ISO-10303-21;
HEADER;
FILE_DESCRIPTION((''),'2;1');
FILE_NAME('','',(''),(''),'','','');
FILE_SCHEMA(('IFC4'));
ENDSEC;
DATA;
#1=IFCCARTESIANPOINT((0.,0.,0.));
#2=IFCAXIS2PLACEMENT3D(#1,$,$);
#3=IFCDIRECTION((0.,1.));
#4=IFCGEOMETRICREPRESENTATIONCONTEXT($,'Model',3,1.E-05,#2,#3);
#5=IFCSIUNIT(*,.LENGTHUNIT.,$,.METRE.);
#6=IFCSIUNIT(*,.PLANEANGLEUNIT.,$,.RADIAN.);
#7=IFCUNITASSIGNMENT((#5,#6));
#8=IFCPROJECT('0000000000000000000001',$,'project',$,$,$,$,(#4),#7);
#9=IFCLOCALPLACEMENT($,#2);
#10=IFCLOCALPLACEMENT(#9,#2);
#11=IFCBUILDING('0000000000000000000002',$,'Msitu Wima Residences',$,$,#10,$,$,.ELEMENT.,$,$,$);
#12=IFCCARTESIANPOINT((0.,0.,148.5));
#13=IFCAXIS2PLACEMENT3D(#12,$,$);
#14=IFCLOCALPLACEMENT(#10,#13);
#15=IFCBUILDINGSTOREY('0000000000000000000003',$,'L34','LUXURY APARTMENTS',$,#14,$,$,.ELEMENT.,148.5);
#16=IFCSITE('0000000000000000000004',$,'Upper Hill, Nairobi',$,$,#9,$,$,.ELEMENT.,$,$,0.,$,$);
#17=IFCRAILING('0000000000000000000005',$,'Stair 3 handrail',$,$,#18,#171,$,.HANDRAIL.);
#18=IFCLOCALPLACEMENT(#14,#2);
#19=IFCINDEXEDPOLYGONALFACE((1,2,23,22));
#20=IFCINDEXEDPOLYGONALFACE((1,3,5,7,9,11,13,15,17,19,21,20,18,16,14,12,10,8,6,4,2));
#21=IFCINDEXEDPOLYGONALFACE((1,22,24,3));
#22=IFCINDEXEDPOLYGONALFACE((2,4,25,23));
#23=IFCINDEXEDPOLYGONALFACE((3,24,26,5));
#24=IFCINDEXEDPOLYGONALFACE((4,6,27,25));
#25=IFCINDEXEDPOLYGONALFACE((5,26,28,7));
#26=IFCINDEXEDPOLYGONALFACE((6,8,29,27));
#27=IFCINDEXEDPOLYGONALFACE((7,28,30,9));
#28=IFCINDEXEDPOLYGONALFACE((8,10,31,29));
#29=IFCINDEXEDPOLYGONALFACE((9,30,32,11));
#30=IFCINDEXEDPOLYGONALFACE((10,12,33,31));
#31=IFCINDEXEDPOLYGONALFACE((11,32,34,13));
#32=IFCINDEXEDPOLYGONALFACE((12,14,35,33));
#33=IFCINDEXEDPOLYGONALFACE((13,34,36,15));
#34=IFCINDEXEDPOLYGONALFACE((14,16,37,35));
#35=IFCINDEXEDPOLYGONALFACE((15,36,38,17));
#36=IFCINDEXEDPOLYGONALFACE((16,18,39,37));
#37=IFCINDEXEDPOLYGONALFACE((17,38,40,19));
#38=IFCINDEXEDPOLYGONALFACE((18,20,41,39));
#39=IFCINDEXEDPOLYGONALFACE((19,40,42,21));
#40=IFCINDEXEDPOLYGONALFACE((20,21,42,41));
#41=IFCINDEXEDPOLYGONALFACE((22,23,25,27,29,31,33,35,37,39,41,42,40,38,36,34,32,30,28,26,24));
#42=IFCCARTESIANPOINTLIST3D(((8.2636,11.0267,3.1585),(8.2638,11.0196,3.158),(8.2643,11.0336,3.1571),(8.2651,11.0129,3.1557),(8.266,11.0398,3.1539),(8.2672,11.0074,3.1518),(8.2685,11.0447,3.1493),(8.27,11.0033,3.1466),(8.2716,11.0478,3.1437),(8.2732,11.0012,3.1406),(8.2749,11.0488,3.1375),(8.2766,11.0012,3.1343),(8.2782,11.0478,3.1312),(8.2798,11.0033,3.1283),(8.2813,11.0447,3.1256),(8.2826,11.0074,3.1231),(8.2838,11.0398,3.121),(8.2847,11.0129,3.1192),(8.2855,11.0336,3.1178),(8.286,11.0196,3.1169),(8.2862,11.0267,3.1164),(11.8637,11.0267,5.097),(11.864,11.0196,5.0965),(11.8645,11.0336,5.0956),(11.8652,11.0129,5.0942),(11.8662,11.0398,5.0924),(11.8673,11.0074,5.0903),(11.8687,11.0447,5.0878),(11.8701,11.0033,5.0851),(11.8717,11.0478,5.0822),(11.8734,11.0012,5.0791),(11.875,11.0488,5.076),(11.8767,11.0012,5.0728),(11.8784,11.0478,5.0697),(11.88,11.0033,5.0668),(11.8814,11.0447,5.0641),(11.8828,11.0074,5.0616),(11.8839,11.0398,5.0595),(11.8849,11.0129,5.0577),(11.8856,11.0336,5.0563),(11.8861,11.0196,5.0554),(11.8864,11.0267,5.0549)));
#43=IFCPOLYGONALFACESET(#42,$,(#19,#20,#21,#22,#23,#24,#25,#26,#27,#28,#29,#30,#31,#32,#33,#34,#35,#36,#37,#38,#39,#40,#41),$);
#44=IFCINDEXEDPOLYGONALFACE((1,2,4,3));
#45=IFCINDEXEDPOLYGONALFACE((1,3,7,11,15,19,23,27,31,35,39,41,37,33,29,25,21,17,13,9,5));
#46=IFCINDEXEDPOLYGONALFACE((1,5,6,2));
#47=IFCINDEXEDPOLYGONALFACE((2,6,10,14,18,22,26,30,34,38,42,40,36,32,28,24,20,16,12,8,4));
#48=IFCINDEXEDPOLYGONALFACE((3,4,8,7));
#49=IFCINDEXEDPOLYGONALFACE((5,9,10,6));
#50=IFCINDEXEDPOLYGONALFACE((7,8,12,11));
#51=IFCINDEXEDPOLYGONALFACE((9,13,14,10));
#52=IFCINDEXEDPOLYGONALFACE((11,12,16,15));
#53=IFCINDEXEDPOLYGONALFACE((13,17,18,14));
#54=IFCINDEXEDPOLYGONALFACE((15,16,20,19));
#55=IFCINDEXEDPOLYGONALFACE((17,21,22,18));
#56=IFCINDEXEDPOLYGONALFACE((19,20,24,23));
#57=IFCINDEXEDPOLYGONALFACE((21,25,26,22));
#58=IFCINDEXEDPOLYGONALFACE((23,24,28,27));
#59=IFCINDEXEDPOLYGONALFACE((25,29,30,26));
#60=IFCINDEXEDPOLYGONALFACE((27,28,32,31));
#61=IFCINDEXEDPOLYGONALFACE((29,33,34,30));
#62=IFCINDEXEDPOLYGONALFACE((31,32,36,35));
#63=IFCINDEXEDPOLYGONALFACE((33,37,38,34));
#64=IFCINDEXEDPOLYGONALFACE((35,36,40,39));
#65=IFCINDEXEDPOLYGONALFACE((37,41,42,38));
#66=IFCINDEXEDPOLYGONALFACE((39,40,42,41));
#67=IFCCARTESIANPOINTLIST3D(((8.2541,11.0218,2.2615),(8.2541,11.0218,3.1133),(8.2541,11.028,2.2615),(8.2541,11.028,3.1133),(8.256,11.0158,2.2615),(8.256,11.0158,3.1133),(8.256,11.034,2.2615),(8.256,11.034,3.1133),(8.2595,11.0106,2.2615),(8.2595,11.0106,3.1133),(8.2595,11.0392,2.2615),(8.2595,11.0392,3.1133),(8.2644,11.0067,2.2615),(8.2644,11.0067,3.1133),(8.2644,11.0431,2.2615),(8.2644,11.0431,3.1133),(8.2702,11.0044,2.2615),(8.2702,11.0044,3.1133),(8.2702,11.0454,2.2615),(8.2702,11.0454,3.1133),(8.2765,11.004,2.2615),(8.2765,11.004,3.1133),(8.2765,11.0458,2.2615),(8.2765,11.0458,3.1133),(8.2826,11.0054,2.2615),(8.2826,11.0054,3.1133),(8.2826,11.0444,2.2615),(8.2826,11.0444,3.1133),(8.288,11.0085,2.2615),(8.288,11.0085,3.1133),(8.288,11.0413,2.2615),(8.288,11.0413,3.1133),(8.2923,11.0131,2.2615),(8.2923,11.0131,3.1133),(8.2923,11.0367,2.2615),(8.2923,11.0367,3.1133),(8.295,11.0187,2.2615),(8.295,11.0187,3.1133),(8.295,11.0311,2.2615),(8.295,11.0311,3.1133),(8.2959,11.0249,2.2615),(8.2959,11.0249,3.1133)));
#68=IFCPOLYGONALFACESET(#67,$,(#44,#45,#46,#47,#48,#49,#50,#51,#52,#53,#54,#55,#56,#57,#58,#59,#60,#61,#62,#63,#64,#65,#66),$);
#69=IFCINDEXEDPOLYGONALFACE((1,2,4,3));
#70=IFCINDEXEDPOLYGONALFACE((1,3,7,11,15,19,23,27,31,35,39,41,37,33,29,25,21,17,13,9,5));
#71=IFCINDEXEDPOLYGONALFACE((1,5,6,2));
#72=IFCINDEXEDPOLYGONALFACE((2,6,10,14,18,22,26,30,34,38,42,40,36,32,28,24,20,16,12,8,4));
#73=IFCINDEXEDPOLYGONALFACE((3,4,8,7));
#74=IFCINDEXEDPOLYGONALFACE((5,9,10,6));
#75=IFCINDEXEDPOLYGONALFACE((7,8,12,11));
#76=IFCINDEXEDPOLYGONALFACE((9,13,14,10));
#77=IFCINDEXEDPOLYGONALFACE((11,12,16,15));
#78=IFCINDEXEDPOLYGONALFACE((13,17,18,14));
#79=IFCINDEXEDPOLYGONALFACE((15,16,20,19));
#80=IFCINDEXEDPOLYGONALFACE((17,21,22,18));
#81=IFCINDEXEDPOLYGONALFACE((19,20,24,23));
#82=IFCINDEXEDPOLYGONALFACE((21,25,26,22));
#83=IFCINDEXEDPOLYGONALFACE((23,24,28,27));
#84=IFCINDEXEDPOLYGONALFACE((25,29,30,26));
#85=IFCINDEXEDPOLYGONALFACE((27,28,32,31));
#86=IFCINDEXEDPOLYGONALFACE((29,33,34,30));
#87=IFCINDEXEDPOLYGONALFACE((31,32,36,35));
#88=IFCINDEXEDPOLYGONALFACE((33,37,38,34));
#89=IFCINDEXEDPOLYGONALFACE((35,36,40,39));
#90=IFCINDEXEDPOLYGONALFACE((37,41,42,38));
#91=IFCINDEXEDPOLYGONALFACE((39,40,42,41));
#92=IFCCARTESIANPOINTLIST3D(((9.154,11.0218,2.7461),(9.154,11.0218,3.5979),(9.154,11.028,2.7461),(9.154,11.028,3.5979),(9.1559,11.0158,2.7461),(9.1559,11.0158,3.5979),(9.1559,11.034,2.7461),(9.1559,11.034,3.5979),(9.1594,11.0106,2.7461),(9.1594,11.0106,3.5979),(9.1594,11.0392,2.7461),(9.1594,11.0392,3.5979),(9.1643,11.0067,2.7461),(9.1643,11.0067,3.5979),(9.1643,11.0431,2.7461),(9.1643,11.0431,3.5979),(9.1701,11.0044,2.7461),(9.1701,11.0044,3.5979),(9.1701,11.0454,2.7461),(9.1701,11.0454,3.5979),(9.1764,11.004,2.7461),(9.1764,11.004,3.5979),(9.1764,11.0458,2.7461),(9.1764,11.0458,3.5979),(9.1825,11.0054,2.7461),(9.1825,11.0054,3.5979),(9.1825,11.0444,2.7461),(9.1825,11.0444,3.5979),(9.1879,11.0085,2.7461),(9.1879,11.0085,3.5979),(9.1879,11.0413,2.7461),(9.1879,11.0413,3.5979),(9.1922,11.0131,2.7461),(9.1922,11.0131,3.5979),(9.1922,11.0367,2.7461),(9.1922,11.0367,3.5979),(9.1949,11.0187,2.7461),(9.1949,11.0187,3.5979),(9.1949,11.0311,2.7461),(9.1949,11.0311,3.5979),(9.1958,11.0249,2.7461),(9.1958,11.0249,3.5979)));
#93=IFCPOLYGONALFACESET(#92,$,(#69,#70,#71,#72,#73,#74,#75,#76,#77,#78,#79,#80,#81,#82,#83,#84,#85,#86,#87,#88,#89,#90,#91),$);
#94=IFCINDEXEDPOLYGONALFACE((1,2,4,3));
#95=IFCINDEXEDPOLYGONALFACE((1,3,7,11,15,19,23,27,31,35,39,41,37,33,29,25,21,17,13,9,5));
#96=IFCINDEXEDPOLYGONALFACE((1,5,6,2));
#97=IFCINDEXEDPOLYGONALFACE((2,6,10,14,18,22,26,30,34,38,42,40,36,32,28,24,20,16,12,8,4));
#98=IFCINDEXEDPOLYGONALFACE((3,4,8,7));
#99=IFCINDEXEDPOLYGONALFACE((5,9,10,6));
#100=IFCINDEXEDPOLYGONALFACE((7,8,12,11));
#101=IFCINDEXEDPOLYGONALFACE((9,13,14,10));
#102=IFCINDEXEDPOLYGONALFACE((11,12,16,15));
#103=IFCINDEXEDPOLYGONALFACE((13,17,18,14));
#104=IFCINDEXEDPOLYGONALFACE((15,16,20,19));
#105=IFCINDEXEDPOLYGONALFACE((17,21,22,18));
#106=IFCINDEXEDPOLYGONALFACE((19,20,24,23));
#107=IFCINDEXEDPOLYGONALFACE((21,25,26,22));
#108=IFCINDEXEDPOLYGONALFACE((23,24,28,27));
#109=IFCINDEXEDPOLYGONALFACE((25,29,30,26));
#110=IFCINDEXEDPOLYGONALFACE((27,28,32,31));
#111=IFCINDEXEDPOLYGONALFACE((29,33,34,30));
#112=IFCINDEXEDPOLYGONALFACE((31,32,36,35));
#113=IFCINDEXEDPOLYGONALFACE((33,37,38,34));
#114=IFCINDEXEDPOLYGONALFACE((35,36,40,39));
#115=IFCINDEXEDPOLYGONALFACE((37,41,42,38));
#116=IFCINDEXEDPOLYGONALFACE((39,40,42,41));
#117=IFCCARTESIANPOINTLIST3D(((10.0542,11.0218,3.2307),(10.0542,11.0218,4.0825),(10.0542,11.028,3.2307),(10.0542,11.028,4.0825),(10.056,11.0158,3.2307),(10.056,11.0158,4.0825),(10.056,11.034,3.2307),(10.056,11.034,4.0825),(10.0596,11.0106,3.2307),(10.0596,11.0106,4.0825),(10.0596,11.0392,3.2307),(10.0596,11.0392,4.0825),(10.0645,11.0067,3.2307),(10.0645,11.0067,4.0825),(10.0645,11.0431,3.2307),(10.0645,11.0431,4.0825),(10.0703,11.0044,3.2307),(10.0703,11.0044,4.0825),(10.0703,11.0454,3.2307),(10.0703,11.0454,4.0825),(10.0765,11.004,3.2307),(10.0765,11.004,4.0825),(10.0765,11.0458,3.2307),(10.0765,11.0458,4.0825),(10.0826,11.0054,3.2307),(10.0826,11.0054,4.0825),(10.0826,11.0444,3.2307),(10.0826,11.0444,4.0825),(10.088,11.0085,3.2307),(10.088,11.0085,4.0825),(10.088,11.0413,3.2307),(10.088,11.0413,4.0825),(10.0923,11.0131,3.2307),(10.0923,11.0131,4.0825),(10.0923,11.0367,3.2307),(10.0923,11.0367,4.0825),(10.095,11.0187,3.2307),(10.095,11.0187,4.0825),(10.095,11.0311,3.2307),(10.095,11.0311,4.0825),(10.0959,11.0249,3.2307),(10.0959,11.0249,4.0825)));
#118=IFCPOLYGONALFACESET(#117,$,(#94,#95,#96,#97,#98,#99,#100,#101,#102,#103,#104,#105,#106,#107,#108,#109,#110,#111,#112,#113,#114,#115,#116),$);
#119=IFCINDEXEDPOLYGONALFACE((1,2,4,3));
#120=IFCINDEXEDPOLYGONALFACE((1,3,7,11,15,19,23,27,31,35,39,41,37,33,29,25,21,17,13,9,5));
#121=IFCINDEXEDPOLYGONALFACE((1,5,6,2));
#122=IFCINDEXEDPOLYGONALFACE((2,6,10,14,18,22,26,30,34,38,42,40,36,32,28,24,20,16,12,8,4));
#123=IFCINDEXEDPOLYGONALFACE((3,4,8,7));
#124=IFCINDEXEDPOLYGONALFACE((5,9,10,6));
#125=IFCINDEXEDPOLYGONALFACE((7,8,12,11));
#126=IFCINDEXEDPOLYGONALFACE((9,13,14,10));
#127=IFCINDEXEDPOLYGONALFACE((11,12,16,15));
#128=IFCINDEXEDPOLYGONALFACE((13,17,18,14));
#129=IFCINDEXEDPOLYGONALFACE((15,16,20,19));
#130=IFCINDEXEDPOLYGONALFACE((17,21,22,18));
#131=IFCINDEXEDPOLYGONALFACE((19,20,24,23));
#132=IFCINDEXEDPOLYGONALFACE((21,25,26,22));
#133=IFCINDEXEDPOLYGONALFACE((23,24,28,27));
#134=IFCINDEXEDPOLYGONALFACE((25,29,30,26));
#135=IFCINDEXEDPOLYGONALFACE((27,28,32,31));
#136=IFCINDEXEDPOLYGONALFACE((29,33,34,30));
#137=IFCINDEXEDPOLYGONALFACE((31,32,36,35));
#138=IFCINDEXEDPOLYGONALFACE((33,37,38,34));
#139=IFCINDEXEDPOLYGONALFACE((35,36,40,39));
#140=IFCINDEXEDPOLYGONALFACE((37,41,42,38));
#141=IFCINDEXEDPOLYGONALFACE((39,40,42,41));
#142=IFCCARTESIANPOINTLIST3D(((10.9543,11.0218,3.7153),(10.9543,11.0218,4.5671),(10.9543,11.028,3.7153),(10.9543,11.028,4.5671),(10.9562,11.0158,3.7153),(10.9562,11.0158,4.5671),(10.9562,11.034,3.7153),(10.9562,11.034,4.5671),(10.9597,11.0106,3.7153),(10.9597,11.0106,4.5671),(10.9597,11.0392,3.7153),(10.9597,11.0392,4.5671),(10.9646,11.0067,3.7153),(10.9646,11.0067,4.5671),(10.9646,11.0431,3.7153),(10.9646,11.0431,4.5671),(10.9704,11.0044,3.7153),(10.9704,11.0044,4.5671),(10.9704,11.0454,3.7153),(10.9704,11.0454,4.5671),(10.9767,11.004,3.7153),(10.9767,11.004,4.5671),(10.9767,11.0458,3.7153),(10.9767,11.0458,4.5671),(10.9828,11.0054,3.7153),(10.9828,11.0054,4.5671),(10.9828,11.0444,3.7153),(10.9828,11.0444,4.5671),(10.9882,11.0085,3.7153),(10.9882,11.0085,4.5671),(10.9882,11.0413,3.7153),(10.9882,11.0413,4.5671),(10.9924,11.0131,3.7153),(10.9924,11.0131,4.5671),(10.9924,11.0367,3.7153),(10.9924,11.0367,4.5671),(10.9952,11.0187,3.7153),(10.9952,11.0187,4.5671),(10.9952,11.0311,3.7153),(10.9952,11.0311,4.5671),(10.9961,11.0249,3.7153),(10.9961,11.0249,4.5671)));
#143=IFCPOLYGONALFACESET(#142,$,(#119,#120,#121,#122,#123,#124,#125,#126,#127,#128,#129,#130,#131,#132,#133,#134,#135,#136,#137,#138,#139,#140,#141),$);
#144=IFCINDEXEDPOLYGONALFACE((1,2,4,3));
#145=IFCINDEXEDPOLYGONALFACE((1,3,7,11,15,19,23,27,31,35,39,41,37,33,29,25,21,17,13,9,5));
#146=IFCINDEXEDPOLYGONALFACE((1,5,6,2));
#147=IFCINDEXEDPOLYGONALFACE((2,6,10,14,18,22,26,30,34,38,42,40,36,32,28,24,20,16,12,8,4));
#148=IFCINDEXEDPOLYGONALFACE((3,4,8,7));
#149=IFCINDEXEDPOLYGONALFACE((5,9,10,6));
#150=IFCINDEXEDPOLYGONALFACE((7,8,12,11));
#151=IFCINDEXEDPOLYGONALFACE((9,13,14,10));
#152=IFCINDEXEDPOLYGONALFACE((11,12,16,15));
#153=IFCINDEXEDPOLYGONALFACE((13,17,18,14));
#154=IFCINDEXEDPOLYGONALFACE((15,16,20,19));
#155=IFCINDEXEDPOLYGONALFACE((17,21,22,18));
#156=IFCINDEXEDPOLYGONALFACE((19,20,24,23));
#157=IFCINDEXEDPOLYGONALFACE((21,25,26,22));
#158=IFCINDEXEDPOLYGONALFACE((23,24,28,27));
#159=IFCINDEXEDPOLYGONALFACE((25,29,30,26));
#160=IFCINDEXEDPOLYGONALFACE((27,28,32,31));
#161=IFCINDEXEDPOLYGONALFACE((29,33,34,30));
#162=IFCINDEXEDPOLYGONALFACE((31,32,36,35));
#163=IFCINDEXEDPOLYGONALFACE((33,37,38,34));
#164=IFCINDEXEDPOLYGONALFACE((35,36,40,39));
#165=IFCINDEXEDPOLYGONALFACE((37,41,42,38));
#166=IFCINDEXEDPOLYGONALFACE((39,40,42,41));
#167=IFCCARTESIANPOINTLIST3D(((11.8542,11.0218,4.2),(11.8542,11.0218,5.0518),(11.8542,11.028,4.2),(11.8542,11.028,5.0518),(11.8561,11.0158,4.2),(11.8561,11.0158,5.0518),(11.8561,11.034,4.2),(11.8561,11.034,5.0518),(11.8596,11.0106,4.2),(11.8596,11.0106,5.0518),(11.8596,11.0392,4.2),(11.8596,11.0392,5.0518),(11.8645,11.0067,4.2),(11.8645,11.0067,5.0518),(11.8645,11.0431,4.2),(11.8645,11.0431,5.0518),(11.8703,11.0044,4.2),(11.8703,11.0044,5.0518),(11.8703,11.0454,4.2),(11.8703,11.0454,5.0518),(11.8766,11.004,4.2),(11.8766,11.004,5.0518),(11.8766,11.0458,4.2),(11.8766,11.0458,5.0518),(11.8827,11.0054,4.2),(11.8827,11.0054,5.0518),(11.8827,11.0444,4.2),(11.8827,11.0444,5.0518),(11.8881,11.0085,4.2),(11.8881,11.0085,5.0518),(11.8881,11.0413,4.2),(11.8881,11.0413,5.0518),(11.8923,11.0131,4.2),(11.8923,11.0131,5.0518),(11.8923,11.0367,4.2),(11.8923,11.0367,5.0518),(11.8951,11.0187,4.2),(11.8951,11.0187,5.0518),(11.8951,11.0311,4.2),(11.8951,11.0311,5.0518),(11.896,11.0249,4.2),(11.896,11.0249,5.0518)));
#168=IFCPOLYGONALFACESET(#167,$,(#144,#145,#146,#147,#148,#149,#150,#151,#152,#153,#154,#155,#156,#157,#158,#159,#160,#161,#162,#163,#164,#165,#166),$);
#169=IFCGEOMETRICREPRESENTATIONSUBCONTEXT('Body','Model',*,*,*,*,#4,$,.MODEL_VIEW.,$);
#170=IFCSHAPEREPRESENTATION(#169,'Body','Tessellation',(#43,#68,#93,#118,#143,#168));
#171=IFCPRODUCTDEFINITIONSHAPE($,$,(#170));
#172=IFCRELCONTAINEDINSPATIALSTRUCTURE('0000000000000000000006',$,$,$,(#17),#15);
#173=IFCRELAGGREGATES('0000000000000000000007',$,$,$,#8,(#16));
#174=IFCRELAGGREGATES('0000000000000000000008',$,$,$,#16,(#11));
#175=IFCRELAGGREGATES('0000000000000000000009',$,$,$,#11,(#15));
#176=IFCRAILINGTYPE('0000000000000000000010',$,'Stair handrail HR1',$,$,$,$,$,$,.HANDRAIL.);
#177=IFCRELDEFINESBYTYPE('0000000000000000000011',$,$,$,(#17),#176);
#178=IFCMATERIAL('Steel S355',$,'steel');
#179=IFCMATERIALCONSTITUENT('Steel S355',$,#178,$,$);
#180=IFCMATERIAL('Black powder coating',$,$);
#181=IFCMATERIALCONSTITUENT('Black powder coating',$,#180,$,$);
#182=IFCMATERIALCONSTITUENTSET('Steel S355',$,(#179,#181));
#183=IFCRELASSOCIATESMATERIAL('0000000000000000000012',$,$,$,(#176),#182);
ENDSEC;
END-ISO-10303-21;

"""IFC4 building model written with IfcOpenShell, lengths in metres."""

from ifc_helpers import new_model, si_unit, direction, frame, origin, origin_2d, place, context, subcontext, project, spatial, circle, extrude, material, constituent, constituent_set, type_object, element, save


model = new_model("IFC4")

# Units and contexts
model_context = context("Model", 3, precision=1e-05, world=origin(), true_north=direction((0.0, 1.0)))
body_context = subcontext(model_context, "Body", "Model", "MODEL_VIEW")
ifc_project = project(units=[si_unit("LENGTHUNIT", "METRE"), si_unit("PLANEANGLEUNIT", "RADIAN")], contexts=[model_context])

# Site, building, storey
site_placement = place(None, origin())
site = spatial("IfcSite", under=ifc_project, at=site_placement, Name="Upper Hill, Nairobi", CompositionType="ELEMENT", RefElevation=0.0)
building_placement = place(site_placement, origin())
building = spatial("IfcBuilding", under=site, at=building_placement, Name="Msitu Wima Residences", CompositionType="ELEMENT")
storey_placement = place(building_placement, frame((0.0, 0.0, 148.5)))
storey = spatial("IfcBuildingStorey", under=building, at=storey_placement, Name="L34", Description="LUXURY APARTMENTS", CompositionType="ELEMENT", Elevation=148.5)

# Railing
ifc_material_1 = material(Name="Steel S355", Category="steel")
ifc_constituent_1 = constituent(ifc_material_1, Name="Steel S355")
ifc_material_2 = material(Name="Black powder coating")
ifc_constituent_2 = constituent(ifc_material_2, Name="Black powder coating")
ifc_constituent_set_1 = constituent_set(constituents=[ifc_constituent_1, ifc_constituent_2], Name="Steel S355")
railing_type_1 = type_object("IfcRailingType", Name="Stair handrail HR1", PredefinedType="HANDRAIL", material=ifc_constituent_set_1)
railing_1_placement = place(storey_placement, frame((8.2749, 11.0249, 2.2615)))
element("IfcRailing", 1, at=railing_1_placement, inside=storey, type_object=railing_type_1, Name="Stair 3 handrail", PredefinedType="HANDRAIL", context=body_context, shape_type="SweptSolid", body=[
    extrude(circle(Radius=0.0239, at=origin_2d()), frame((0.0, 0.0, 0.876), z_axis=(0.880475, 0.0, 0.474093), x_axis=(0.0, 1.0, 0.0)), (0.0, 0.0, 1.0), 4.0889),
    extrude(circle(Radius=0.021, at=origin_2d()), origin(), (0.0, 0.0, 1.0), 0.8518),
    extrude(circle(Radius=0.021, at=origin_2d()), frame((0.8999, 0.0, 0.4846)), (0.0, 0.0, 1.0), 0.8518),
    extrude(circle(Radius=0.021, at=origin_2d()), frame((1.8, 0.0, 0.9692)), (0.0, 0.0, 1.0), 0.8518),
    extrude(circle(Radius=0.021, at=origin_2d()), frame((2.7002, 0.0, 1.4539)), (0.0, 0.0, 1.0), 0.8518),
    extrude(circle(Radius=0.021, at=origin_2d()), frame((3.6001, 0.0, 1.9385)), (0.0, 0.0, 1.0), 0.8518),
])

save(model, "model.ifc")
